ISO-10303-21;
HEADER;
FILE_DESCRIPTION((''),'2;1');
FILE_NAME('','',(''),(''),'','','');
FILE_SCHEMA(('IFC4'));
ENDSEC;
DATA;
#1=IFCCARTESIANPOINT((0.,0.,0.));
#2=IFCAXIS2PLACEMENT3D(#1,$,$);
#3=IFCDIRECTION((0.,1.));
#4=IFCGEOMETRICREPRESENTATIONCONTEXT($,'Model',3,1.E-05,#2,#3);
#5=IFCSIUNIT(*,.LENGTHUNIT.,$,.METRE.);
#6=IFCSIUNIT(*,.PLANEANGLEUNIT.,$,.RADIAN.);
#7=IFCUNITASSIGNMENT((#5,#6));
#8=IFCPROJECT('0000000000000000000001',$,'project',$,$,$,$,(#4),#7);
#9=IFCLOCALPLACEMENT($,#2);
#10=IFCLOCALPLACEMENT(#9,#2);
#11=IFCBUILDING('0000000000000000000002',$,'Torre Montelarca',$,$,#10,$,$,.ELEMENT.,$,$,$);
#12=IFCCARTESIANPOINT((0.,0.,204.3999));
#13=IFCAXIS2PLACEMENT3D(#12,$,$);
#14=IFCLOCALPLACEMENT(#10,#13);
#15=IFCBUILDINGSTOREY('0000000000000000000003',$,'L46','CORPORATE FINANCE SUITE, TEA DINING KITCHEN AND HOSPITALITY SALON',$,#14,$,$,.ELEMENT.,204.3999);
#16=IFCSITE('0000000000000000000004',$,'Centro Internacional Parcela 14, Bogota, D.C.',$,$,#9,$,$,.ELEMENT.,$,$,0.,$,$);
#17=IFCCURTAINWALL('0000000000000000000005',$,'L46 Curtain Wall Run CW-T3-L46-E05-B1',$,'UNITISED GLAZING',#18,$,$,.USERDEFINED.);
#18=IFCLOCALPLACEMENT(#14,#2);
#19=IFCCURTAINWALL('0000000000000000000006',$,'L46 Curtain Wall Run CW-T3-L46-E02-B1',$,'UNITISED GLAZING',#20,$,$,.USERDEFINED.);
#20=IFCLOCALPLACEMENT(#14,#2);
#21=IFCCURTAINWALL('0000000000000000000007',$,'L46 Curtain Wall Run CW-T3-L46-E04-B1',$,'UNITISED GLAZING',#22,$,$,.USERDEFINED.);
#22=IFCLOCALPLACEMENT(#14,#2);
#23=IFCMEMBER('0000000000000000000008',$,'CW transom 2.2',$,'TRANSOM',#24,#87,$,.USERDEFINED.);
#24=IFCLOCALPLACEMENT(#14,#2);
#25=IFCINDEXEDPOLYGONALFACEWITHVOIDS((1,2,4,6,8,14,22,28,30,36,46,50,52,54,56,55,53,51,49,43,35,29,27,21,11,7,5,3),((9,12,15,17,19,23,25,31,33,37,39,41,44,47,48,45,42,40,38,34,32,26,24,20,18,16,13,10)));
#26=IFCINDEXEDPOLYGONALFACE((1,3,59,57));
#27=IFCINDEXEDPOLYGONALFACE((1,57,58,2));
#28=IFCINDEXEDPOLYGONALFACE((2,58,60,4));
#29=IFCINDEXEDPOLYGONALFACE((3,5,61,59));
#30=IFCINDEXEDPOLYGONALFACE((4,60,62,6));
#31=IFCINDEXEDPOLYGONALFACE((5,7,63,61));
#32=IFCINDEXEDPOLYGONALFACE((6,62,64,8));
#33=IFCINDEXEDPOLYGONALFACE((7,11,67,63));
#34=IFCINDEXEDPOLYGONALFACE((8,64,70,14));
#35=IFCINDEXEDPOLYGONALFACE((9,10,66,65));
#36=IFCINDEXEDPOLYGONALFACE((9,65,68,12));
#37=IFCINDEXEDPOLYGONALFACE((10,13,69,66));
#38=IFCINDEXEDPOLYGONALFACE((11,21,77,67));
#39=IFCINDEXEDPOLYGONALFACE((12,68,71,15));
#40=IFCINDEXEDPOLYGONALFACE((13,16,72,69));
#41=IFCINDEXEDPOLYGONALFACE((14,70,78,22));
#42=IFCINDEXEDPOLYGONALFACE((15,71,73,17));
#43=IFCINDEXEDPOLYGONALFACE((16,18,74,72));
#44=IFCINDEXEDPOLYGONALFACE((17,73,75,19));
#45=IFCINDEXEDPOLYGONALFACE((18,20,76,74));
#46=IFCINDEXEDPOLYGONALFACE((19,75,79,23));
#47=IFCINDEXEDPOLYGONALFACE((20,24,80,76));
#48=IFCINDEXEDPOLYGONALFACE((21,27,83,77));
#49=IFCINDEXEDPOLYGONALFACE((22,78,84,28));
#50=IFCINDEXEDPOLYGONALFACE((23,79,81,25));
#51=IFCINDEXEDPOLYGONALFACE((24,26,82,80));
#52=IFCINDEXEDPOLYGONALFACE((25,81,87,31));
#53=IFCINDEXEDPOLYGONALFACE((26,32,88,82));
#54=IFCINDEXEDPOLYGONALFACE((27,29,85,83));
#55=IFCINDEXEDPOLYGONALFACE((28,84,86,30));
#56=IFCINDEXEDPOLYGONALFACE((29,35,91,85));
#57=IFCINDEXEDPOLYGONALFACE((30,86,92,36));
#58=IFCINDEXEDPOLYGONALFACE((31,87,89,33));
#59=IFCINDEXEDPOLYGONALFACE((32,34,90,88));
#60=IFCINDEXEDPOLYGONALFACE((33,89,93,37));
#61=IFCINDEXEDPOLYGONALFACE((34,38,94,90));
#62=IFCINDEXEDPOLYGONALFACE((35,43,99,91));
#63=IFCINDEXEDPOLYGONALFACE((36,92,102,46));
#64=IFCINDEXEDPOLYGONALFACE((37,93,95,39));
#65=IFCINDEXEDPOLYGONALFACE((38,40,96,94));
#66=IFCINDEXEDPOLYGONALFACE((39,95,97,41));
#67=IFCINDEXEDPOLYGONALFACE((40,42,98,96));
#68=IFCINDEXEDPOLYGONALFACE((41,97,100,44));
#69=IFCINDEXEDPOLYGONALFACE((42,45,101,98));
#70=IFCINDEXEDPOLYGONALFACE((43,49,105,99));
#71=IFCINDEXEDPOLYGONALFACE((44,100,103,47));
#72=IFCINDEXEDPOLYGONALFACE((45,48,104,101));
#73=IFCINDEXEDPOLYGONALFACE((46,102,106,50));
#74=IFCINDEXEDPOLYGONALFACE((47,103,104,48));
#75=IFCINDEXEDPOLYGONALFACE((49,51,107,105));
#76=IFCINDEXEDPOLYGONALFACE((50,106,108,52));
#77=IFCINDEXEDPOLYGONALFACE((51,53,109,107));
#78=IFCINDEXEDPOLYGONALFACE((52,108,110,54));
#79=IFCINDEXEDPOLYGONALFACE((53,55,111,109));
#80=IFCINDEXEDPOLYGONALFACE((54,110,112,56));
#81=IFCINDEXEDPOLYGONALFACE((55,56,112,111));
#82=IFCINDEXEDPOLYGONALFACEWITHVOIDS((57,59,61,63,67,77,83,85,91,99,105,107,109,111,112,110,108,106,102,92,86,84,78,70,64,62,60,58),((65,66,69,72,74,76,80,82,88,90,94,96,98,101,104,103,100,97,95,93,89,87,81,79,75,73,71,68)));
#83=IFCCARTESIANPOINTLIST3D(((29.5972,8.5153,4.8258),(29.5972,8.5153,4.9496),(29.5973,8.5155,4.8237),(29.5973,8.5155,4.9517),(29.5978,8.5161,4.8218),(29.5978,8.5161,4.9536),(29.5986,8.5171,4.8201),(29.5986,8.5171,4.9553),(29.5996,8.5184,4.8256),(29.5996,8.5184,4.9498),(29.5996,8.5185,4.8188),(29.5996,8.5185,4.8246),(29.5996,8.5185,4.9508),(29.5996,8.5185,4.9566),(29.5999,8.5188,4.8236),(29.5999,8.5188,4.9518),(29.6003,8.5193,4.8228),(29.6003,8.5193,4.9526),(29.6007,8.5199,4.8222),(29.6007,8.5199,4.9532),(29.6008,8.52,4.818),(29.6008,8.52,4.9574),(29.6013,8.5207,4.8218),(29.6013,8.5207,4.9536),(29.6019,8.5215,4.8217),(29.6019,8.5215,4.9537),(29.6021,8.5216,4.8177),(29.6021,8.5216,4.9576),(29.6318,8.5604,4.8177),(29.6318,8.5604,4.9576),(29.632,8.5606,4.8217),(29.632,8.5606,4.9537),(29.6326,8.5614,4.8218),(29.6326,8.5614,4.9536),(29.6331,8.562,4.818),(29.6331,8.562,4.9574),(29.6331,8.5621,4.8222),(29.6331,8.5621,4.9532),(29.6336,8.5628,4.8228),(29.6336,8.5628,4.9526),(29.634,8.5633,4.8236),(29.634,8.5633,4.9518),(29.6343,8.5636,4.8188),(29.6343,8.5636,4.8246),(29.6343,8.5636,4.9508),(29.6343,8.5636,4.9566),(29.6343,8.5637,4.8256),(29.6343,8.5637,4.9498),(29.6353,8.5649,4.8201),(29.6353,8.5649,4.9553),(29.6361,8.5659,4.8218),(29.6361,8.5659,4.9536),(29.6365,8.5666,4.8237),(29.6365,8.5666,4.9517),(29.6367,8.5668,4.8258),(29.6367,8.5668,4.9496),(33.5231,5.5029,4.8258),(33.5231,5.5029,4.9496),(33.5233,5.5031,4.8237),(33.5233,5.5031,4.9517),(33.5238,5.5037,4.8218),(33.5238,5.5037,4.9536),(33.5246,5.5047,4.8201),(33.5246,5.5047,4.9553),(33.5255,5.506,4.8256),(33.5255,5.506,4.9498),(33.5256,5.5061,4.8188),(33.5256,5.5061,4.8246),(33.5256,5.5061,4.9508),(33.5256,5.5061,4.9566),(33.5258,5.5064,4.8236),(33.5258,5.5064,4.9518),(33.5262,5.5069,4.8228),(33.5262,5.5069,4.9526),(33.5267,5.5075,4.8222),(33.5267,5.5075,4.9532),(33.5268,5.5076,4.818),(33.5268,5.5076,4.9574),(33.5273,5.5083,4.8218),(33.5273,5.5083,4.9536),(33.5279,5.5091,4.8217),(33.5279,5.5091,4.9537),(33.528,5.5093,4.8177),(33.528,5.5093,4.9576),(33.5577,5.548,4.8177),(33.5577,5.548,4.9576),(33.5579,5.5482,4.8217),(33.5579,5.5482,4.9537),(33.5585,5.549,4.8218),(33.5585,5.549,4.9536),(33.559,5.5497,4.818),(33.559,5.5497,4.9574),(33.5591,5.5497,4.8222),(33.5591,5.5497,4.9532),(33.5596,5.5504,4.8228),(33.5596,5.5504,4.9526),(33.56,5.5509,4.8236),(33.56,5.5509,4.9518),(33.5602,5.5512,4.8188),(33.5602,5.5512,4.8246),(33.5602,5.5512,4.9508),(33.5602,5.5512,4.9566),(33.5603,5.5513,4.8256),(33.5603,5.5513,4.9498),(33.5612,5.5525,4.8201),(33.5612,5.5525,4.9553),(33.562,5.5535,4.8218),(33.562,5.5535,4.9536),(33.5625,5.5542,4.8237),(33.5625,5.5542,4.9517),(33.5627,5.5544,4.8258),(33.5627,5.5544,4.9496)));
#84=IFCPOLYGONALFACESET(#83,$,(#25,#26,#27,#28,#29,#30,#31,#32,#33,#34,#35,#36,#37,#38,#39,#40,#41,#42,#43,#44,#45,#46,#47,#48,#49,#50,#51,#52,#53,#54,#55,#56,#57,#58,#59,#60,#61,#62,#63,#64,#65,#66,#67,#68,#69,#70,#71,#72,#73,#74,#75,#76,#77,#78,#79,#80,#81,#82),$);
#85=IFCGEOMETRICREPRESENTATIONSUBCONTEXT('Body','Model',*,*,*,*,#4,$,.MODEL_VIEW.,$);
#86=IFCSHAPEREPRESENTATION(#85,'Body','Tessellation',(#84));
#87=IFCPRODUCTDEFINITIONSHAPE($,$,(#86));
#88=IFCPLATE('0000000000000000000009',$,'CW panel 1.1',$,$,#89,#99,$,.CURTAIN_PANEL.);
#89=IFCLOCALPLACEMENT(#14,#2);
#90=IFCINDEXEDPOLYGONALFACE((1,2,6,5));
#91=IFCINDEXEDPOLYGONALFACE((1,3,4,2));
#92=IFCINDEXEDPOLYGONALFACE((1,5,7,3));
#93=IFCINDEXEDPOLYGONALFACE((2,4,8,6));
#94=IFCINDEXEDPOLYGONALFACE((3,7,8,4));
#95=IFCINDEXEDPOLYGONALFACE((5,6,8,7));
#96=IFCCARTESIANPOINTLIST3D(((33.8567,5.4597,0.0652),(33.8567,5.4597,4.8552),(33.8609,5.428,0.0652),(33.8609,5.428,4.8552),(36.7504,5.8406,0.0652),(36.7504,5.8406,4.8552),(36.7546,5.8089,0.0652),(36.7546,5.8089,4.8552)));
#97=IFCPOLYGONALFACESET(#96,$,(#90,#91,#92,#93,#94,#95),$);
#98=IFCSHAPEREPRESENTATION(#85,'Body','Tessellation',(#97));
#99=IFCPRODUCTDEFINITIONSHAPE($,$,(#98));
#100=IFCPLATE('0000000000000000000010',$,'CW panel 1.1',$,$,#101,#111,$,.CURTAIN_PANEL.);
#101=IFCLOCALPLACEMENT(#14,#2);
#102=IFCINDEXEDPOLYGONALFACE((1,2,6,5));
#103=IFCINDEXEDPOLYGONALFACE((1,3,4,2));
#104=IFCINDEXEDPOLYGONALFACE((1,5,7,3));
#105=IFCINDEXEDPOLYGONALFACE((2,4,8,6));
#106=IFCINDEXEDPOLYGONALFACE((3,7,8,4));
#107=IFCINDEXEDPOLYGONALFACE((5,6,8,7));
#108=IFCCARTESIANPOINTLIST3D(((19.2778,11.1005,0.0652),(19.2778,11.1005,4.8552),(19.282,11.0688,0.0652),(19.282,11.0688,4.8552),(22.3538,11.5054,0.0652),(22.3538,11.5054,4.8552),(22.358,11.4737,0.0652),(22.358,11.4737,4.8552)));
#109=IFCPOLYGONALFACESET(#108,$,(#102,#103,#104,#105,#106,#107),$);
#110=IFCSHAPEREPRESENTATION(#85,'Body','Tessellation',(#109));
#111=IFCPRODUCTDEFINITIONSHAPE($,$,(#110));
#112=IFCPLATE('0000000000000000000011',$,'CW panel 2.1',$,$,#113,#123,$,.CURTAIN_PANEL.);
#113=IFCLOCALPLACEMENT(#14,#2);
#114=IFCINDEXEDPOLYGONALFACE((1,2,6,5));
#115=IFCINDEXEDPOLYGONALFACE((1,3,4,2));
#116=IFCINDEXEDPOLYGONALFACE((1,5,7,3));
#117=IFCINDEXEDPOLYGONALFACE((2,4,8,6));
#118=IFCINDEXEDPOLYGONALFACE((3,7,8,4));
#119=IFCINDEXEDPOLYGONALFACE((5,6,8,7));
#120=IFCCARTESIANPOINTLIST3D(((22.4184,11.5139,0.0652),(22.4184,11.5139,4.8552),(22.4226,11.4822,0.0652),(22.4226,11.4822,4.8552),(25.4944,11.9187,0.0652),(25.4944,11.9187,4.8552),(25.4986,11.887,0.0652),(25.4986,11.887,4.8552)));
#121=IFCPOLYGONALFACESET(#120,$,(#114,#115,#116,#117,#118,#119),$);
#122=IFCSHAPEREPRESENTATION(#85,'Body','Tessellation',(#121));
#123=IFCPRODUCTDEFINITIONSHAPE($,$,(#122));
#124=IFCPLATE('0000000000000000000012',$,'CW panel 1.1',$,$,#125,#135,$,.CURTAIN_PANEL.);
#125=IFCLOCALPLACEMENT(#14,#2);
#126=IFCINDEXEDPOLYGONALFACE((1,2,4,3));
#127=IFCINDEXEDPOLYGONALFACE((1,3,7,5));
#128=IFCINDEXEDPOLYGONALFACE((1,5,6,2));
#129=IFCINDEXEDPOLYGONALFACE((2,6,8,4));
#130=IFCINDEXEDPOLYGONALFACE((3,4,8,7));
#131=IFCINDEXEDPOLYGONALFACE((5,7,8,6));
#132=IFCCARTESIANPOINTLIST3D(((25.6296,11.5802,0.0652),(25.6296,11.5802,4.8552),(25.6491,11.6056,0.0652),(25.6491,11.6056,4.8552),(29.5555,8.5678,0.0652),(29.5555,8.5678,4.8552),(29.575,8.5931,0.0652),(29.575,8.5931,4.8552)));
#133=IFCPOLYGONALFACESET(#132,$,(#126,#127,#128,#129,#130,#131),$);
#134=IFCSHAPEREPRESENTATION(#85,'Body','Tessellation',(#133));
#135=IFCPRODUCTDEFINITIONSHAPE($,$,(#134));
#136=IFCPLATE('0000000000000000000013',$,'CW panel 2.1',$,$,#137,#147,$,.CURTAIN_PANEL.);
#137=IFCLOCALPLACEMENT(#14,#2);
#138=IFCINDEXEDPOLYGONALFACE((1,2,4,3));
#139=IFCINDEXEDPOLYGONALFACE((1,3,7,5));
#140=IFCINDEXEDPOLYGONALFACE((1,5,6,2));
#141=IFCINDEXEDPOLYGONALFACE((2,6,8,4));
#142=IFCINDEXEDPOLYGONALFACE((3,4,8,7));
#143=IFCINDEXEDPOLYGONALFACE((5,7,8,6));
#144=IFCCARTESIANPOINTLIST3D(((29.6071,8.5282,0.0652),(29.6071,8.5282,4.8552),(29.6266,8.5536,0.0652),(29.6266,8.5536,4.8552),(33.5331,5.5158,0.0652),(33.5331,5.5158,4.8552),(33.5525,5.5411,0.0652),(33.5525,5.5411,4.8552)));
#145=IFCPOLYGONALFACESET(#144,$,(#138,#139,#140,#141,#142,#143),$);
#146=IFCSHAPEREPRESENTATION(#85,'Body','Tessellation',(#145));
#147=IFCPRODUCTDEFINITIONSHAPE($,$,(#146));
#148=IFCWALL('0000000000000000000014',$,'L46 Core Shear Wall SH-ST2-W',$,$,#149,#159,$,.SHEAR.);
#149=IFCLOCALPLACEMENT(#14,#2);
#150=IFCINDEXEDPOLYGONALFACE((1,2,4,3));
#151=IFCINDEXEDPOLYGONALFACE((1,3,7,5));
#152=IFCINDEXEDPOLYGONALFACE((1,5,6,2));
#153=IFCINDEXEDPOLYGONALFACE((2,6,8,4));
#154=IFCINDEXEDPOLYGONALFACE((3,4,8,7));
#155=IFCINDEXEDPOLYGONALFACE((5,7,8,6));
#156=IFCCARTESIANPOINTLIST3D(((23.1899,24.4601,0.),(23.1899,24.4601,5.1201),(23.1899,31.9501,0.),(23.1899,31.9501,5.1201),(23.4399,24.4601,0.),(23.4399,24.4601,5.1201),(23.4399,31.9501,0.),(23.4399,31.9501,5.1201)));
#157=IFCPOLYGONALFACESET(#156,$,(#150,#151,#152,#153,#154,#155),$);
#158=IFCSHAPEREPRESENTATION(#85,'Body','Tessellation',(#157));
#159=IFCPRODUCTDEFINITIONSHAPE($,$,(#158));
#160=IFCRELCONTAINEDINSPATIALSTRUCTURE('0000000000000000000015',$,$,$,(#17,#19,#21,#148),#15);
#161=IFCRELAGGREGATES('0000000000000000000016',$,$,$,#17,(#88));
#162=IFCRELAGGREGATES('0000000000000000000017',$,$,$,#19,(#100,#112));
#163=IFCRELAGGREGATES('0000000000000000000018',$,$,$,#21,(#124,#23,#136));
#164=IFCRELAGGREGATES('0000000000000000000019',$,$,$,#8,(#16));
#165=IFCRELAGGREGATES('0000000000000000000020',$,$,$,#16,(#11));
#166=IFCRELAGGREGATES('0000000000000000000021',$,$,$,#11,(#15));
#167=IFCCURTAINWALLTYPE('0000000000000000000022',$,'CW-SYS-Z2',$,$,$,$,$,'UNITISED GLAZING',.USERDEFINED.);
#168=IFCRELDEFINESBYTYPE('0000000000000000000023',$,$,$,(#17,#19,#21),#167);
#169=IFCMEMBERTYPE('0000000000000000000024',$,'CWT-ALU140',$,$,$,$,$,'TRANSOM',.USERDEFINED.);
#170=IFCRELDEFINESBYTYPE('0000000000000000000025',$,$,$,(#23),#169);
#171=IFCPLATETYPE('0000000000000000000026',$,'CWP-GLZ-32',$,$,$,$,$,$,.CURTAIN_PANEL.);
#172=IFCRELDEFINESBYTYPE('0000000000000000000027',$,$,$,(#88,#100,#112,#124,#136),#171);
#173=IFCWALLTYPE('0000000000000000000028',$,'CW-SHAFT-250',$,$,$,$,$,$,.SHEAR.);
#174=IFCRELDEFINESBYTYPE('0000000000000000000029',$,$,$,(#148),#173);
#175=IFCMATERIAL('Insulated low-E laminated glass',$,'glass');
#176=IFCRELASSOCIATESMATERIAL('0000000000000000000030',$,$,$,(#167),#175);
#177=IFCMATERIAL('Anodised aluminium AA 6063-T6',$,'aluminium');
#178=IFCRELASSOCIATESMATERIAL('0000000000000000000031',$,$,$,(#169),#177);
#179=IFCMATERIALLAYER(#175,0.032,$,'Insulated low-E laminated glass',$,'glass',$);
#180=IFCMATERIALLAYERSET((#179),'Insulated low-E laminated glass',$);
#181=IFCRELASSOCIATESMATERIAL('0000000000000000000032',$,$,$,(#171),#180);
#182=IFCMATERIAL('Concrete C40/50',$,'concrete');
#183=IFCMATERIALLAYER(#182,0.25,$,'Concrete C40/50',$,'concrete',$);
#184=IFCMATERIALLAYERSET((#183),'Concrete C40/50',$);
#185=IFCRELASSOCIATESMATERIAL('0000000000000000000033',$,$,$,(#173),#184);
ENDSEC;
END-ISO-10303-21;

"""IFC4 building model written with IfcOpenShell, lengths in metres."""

from ifc_helpers import new_model, si_unit, direction, frame, frame_2d, origin, origin_2d, place, context, subcontext, project, spatial, rectangle, hollow_rectangle, extrude, source, transform, mapped, material, layer, layer_set, material_profile, profile_set, type_object, element, aggregate, save


model = new_model("IFC4")

# Units and contexts
model_context = context("Model", 3, precision=1e-05, world=origin(), true_north=direction((0.0, 1.0)))
body_context = subcontext(model_context, "Body", "Model", "MODEL_VIEW")
ifc_project = project(units=[si_unit("LENGTHUNIT", "METRE"), si_unit("PLANEANGLEUNIT", "RADIAN")], contexts=[model_context])

# Site, building, storey
site_placement = place(None, origin())
site = spatial("IfcSite", under=ifc_project, at=site_placement, Name="Centro Internacional Parcela 14, Bogota, D.C.", CompositionType="ELEMENT", RefElevation=0.0)
building_placement = place(site_placement, origin())
building = spatial("IfcBuilding", under=site, at=building_placement, Name="Torre Montelarca", CompositionType="ELEMENT")
storey_placement = place(building_placement, frame((0.0, 0.0, 204.3999)))
storey = spatial("IfcBuildingStorey", under=building, at=storey_placement, Name="L46", Description="CORPORATE FINANCE SUITE, TEA DINING KITCHEN AND HOSPITALITY SALON", CompositionType="ELEMENT", Elevation=204.3999)

# Curtain walls
ifc_material_1 = material(Name="Insulated low-E laminated glass", Category="glass")
curtain_wall_type = type_object("IfcCurtainWallType", Name="CW-SYS-Z2", ElementType="UNITISED GLAZING", PredefinedType="USERDEFINED", material=ifc_material_1)
curtain_wall_1_placement = place(storey_placement, origin())
curtain_wall_1 = element("IfcCurtainWall", 1, at=curtain_wall_1_placement, inside=storey, type_object=curtain_wall_type, Name="L46 Curtain Wall Run CW-T3-L46-E05-B1", ObjectType="UNITISED GLAZING", PredefinedType="USERDEFINED")
ifc_material_2 = material(Name="Anodised aluminium AA 6063-T6", Category="aluminium")
ifc_material_profile_1 = material_profile(ifc_material_2, hollow_rectangle(XDim=0.0649, YDim=0.1399, WallThickness=0.0039, InnerFilletRadius=0.0039, OuterFilletRadius=0.0081, at=origin_2d()), Name="ALU65X140X4", Category="aluminium")
ifc_profile_set_1 = profile_set([ifc_material_profile_1], Name="Anodised aluminium AA 6063-T6")
member_type_1 = type_object("IfcMemberType", Name="CWT-ALU140", ElementType="TRANSOM", PredefinedType="USERDEFINED", material=ifc_profile_set_1)
curtain_wall_2_placement = place(storey_placement, origin())
curtain_wall_2 = element("IfcCurtainWall", 2, at=curtain_wall_2_placement, inside=storey, type_object=curtain_wall_type, Name="L46 Curtain Wall Run CW-T3-L46-E02-B1", ObjectType="UNITISED GLAZING", PredefinedType="USERDEFINED")
curtain_wall_3_placement = place(storey_placement, origin())
curtain_wall_3 = element("IfcCurtainWall", 3, at=curtain_wall_3_placement, inside=storey, type_object=curtain_wall_type, Name="L46 Curtain Wall Run CW-T3-L46-E04-B1", ObjectType="UNITISED GLAZING", PredefinedType="USERDEFINED")

# Member
shared_shape_1 = source(origin(), body_context, "Body", "SweptSolid", [
    extrude(hollow_rectangle(XDim=0.0649, YDim=0.1399, WallThickness=0.0039, InnerFilletRadius=0.0039, OuterFilletRadius=0.0081, at=origin_2d()), origin(), (0.0, 0.0, 1.0), 4.9485),
])
member_1_placement = place(storey_placement, frame((29.6169, 8.541, 4.8877), z_axis=(0.793363, -0.608749, 0.0), x_axis=(0.608749, 0.793363, 0.0)))
member_1 = element("IfcMember", 4, at=member_1_placement, type_object=member_type_1, Name="CW transom 2.2", ObjectType="TRANSOM", PredefinedType="USERDEFINED", context=body_context, shape_type="MappedRepresentation", body=[
    mapped(shared_shape_1, transform((0.0, 0.0, 0.0), scale=1.0)),
])

# Plates
ifc_layer_1 = layer(ifc_material_1, 0.032, Name="Insulated low-E laminated glass", Category="glass")
ifc_layer_set_1 = layer_set([ifc_layer_1], Name="Insulated low-E laminated glass")
plate_type = type_object("IfcPlateType", Name="CWP-GLZ-32", PredefinedType="CURTAIN_PANEL", material=ifc_layer_set_1)
shared_shape_2 = source(origin(), body_context, "Body", "SweptSolid", [
    extrude(rectangle(XDim=2.9187, YDim=0.032, at=origin_2d()), origin(), (0.0, 0.0, 1.0), 4.79),
])
plate_1_placement = place(storey_placement, frame((35.3057, 5.6343, 0.0652), z_axis=(0.0, 0.0, 1.0), x_axis=(0.991447, 0.130512, 0.0)))
plate_1 = element("IfcPlate", 5, at=plate_1_placement, type_object=plate_type, Name="CW panel 1.1", PredefinedType="CURTAIN_PANEL", context=body_context, shape_type="MappedRepresentation", body=[
    mapped(shared_shape_2, transform((0.0, 0.0, 0.0), scale=1.0)),
])
aggregate(curtain_wall_1, [plate_1])
shared_shape_3 = source(origin(), body_context, "Body", "SweptSolid", [
    extrude(rectangle(XDim=3.1025, YDim=0.032, at=origin_2d()), origin(), (0.0, 0.0, 1.0), 4.79),
])
plate_2_placement = place(storey_placement, frame((20.8179, 11.2871, 0.0652), z_axis=(0.0, 0.0, 1.0), x_axis=(0.991449, 0.130495, 0.0)))
plate_2 = element("IfcPlate", 6, at=plate_2_placement, type_object=plate_type, Name="CW panel 1.1", PredefinedType="CURTAIN_PANEL", context=body_context, shape_type="MappedRepresentation", body=[
    mapped(shared_shape_3, transform((0.0, 0.0, 0.0), scale=1.0)),
])
plate_3_placement = place(storey_placement, frame((23.9585, 11.7004, 0.0652), z_axis=(0.0, 0.0, 1.0), x_axis=(0.991449, 0.130495, 0.0)))
plate_3 = element("IfcPlate", 7, at=plate_3_placement, type_object=plate_type, Name="CW panel 2.1", PredefinedType="CURTAIN_PANEL", context=body_context, shape_type="MappedRepresentation", body=[
    mapped(shared_shape_3, transform((0.0, 0.0, 0.0), scale=1.0)),
])
aggregate(curtain_wall_2, [plate_2, plate_3])
shared_shape_4 = source(origin(), body_context, "Body", "SweptSolid", [
    extrude(rectangle(XDim=4.9485, YDim=0.032, at=origin_2d()), origin(), (0.0, 0.0, 1.0), 4.79),
])
plate_4_placement = place(storey_placement, frame((27.6023, 10.0867, 0.0652), z_axis=(0.0, 0.0, 1.0), x_axis=(0.793356, -0.608758, 0.0)))
plate_4 = element("IfcPlate", 8, at=plate_4_placement, type_object=plate_type, Name="CW panel 1.1", PredefinedType="CURTAIN_PANEL", context=body_context, shape_type="MappedRepresentation", body=[
    mapped(shared_shape_4, transform((0.0, 0.0, 0.0), scale=1.0)),
])
plate_5_placement = place(storey_placement, frame((31.5798, 7.0347, 0.0652), z_axis=(0.0, 0.0, 1.0), x_axis=(0.793356, -0.608758, 0.0)))
plate_5 = element("IfcPlate", 9, at=plate_5_placement, type_object=plate_type, Name="CW panel 2.1", PredefinedType="CURTAIN_PANEL", context=body_context, shape_type="MappedRepresentation", body=[
    mapped(shared_shape_4, transform((0.0, 0.0, 0.0), scale=1.0)),
])
aggregate(curtain_wall_3, [plate_4, member_1, plate_5])

# Wall
ifc_material_3 = material(Name="Concrete C40/50", Category="concrete")
ifc_layer_2 = layer(ifc_material_3, 0.25, Name="Concrete C40/50", Category="concrete")
ifc_layer_set_2 = layer_set([ifc_layer_2], Name="Concrete C40/50")
wall_type_1 = type_object("IfcWallType", Name="CW-SHAFT-250", PredefinedType="SHEAR", material=ifc_layer_set_2)
wall_1_placement = place(storey_placement, frame((23.3149, 24.46, 0.0), z_axis=(0.0, 0.0, 1.0), x_axis=(0.0, 1.0, 0.0)))
element("IfcWall", 10, at=wall_1_placement, inside=storey, type_object=wall_type_1, Name="L46 Core Shear Wall SH-ST2-W", PredefinedType="SHEAR", context=body_context, shape_type="SweptSolid", body=[
    extrude(rectangle(XDim=7.49, YDim=0.25, at=frame_2d((3.7451, 0.0))), origin(), (0.0, 0.0, 1.0), 5.1201),
])

save(model, "model.ifc")
